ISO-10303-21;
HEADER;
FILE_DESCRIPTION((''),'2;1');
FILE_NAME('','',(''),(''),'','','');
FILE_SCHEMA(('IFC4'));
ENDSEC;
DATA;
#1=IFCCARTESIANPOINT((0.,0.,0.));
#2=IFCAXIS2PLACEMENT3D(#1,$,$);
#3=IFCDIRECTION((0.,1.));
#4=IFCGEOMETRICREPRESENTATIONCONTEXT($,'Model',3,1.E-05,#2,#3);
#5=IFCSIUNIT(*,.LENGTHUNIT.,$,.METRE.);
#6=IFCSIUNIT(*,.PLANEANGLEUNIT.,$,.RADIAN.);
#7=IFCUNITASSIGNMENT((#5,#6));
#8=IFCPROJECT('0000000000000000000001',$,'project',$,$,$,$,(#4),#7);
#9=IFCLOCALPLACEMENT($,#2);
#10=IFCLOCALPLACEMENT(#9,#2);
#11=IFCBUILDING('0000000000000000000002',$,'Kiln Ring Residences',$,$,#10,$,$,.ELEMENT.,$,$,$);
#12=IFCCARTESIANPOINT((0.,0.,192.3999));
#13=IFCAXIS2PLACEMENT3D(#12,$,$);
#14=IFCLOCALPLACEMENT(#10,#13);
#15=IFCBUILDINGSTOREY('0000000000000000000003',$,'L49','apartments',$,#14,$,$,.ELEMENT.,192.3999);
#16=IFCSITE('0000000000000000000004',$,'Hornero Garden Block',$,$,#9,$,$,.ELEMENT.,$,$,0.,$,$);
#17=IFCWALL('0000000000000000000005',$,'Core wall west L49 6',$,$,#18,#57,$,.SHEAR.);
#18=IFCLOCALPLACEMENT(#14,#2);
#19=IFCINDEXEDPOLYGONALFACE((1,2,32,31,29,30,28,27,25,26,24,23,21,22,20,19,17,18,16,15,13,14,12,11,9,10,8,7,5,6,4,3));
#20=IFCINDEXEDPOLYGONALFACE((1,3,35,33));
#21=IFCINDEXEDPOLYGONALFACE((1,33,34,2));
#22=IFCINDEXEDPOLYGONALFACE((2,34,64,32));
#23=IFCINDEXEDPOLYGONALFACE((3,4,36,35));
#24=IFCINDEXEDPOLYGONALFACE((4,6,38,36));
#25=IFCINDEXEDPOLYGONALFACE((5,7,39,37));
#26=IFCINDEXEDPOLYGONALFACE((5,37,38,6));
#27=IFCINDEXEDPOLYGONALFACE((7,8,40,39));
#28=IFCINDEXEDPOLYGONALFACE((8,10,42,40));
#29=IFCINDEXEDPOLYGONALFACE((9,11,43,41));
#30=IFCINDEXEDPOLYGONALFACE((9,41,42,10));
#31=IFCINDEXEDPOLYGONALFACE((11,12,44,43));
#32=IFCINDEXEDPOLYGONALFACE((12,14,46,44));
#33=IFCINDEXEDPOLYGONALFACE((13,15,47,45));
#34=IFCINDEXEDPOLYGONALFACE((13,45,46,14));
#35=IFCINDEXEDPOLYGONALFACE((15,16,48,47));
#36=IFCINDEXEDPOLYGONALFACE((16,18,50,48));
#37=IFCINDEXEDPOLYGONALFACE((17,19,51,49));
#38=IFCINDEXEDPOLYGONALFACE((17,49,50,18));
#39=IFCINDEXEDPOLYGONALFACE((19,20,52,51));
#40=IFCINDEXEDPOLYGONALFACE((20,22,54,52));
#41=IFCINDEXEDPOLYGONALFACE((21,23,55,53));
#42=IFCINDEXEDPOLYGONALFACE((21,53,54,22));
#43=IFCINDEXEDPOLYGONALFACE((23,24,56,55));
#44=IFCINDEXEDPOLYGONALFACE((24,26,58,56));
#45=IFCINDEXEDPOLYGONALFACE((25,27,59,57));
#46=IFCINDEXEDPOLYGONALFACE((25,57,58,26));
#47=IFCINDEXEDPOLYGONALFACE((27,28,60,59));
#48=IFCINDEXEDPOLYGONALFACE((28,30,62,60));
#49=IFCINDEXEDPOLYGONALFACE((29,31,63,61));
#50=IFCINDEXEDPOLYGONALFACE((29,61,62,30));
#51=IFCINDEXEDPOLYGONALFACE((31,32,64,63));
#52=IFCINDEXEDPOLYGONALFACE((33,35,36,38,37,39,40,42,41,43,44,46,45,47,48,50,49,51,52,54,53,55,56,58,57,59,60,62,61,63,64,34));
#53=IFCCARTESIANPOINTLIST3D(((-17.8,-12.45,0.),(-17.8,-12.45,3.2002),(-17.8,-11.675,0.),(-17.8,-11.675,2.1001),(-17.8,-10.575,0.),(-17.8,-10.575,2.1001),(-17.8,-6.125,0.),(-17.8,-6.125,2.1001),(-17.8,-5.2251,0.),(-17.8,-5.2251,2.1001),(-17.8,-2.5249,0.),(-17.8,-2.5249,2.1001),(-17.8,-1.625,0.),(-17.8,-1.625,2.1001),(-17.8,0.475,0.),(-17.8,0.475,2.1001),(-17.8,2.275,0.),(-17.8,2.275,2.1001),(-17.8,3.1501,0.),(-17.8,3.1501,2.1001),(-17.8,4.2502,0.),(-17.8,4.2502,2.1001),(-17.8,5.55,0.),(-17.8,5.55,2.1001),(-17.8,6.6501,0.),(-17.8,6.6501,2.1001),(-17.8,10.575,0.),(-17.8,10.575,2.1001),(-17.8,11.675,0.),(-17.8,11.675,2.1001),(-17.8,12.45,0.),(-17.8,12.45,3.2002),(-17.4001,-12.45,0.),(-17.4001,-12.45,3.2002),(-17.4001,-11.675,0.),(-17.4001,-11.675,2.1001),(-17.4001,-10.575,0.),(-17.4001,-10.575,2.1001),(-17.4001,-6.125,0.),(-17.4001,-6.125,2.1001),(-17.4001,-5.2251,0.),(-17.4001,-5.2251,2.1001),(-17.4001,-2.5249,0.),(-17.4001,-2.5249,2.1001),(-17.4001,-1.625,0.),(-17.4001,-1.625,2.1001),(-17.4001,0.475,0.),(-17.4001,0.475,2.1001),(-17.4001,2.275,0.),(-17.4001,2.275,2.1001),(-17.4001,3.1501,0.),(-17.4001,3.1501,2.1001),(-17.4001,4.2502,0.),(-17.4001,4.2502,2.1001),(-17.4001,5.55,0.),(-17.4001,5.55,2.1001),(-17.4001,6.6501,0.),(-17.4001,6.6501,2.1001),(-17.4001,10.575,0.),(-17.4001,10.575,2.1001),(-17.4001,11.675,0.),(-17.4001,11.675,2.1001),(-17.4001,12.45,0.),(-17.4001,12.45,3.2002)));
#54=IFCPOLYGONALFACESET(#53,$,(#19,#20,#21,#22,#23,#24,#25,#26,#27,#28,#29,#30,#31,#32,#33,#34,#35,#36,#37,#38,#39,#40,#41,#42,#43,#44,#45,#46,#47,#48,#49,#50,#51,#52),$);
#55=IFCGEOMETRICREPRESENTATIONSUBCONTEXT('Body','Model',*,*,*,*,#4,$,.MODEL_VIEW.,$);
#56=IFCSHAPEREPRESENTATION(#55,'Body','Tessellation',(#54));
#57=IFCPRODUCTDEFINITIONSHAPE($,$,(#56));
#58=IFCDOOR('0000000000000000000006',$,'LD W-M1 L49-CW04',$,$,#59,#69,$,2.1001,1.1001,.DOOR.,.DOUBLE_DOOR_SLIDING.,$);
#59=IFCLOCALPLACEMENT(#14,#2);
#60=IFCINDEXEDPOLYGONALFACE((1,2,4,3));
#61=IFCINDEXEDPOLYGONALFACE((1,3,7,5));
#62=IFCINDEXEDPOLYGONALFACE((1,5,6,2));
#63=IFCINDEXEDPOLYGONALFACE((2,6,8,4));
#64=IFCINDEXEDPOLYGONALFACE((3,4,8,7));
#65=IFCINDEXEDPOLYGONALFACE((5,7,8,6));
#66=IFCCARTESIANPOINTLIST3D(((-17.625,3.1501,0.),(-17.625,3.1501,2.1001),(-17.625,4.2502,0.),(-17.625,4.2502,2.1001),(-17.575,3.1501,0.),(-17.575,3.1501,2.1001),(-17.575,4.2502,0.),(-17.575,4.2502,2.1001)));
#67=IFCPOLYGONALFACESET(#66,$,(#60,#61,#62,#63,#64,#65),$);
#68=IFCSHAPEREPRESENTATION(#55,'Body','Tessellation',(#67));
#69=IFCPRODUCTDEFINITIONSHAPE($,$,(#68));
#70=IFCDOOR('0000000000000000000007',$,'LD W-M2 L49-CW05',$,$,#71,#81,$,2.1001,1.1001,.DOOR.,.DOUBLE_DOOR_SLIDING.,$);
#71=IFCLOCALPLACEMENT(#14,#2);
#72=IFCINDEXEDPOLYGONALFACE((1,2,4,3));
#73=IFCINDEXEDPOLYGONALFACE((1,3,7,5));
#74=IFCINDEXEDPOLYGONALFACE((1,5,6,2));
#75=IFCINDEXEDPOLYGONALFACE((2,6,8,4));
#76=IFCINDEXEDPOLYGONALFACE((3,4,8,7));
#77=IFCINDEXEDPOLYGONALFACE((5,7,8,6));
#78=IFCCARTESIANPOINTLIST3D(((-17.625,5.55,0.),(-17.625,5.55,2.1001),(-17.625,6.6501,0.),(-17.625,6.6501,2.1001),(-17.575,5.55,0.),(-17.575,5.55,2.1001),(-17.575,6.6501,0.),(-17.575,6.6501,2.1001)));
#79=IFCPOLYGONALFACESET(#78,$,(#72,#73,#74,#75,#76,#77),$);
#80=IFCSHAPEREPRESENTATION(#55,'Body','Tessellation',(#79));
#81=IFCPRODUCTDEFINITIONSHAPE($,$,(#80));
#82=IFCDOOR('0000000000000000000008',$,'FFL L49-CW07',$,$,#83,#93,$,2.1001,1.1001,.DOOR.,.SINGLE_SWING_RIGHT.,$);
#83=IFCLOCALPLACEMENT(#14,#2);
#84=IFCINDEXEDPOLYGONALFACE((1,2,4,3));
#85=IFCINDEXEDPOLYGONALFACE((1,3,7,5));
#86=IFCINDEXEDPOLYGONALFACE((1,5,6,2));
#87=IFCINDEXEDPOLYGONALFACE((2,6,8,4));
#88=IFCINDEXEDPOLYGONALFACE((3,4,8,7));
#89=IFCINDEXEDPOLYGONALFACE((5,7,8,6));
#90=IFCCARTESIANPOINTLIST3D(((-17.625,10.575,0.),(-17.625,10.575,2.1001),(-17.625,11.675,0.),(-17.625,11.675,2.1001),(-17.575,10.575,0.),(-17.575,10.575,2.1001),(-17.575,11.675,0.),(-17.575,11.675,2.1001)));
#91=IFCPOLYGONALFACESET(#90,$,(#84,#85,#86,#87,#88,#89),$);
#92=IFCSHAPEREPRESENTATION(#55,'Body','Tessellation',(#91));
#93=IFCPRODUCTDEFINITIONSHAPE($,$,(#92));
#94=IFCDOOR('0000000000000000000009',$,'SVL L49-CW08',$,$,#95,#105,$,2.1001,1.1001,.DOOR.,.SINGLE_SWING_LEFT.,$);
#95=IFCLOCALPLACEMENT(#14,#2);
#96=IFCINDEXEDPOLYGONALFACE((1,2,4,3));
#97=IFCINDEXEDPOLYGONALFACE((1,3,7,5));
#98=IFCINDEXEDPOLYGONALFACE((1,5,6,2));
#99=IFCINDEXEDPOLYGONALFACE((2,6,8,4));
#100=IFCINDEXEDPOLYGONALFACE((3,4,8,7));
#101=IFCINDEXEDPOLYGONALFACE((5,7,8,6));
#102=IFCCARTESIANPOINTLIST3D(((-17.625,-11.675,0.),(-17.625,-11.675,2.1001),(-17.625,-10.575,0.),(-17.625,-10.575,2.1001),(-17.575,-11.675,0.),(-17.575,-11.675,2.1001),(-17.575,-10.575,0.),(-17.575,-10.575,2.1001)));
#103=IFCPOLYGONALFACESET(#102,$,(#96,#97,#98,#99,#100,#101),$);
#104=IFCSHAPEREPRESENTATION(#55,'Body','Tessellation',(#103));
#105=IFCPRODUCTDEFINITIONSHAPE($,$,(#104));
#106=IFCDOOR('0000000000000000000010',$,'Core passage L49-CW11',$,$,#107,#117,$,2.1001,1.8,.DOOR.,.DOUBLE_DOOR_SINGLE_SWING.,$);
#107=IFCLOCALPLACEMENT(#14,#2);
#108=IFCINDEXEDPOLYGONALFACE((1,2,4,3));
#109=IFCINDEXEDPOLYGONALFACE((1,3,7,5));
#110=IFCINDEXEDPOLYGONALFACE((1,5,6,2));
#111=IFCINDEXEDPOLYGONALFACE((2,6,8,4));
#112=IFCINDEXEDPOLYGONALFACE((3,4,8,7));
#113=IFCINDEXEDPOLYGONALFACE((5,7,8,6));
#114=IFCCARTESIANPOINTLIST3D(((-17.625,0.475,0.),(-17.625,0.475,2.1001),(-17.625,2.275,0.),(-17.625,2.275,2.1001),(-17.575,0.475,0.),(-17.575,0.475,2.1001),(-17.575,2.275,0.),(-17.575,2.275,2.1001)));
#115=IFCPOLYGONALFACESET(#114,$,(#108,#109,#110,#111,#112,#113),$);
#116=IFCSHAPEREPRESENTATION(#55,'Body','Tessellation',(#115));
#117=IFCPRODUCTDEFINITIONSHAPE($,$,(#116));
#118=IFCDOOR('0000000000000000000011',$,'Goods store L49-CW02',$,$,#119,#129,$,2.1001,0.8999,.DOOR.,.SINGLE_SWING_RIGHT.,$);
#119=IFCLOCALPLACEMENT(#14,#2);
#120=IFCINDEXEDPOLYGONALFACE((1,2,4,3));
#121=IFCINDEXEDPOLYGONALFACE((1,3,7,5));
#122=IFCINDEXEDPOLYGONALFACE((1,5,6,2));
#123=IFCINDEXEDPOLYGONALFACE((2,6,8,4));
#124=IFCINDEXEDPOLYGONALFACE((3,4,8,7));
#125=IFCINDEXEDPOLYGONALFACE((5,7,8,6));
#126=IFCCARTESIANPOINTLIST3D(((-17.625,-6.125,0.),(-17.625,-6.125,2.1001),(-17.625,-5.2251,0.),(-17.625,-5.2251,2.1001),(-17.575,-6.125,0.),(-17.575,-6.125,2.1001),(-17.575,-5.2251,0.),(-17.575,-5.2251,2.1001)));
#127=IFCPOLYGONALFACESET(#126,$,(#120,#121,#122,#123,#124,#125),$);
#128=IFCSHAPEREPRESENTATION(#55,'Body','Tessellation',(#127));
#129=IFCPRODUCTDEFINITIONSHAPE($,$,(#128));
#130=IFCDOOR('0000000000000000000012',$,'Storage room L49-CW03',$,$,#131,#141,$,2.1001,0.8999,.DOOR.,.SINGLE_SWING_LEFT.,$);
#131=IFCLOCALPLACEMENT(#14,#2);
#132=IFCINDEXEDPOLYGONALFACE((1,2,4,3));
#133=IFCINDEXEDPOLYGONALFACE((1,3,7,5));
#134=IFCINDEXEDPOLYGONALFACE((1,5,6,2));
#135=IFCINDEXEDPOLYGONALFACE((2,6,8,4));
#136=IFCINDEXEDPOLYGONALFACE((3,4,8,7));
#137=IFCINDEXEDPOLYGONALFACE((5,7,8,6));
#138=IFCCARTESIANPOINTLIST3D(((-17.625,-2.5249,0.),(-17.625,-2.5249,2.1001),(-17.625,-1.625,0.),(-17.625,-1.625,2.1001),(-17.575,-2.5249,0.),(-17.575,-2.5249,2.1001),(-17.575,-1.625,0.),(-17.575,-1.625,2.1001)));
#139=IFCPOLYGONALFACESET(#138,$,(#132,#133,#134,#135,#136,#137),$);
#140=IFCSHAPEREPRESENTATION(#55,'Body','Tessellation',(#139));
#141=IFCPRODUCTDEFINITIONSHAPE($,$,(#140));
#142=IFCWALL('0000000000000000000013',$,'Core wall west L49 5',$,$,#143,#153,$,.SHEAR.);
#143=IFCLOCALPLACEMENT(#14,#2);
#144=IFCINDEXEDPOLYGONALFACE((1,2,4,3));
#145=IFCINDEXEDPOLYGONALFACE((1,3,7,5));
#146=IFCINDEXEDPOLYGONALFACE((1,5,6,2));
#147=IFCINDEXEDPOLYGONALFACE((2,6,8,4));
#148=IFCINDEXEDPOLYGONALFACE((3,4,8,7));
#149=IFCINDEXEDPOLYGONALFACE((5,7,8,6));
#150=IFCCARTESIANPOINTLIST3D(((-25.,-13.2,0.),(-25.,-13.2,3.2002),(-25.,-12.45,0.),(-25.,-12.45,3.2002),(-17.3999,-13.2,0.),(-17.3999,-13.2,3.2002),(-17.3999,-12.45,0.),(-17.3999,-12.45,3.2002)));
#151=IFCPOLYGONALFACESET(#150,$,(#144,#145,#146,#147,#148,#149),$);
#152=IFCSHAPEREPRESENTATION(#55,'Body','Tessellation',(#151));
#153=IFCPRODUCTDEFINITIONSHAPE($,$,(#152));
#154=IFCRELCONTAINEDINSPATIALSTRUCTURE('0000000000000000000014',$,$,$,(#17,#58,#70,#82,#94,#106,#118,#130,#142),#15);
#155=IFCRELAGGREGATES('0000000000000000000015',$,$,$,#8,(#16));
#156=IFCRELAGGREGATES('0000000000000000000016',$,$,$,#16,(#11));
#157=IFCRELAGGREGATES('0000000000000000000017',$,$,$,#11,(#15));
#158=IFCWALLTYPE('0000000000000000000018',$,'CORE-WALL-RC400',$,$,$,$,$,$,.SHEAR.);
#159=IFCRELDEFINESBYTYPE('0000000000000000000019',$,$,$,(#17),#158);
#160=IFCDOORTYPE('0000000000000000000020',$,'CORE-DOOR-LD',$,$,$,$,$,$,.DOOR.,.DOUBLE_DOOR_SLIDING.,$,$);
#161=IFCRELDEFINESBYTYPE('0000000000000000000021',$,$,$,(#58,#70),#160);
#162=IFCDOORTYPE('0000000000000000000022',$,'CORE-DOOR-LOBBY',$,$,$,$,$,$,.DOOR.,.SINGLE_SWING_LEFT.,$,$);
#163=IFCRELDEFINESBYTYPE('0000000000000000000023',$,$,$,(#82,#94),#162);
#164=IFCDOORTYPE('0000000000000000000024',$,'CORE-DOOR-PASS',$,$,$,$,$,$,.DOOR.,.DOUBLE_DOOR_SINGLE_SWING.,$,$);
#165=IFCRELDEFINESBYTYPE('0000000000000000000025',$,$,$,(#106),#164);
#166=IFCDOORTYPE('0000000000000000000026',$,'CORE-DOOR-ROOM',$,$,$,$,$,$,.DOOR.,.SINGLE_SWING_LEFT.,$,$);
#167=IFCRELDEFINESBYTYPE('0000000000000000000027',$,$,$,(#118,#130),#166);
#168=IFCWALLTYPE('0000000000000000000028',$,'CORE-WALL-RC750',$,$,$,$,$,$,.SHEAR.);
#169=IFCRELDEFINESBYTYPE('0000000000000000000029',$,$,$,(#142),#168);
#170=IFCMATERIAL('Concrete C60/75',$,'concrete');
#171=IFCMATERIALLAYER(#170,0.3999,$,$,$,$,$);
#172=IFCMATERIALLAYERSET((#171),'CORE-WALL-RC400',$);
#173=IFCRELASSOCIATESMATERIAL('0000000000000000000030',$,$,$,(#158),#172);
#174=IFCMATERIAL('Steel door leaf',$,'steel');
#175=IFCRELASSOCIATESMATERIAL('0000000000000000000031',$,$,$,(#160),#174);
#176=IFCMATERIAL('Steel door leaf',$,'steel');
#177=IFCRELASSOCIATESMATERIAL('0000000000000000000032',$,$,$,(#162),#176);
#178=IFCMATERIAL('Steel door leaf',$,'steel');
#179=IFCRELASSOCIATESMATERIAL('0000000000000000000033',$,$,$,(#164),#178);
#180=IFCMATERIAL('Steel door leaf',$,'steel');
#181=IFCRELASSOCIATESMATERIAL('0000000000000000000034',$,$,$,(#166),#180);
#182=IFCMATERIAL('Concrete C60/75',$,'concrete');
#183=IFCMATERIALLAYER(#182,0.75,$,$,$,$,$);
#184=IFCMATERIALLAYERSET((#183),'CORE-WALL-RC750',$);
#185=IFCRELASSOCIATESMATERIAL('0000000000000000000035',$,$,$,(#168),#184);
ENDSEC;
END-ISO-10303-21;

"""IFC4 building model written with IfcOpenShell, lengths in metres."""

from ifc_helpers import new_model, si_unit, direction, frame, frame_2d, origin, place, context, subcontext, project, spatial, rectangle, extrude, material, layer, layer_set, type_object, element, fill, save


model = new_model("IFC4")

# Units and contexts
model_context = context("Model", 3, precision=1e-05, world=origin(), true_north=direction((0.0, 1.0)))
body_context = subcontext(model_context, "Body", "Model", "MODEL_VIEW")
ifc_project = project(units=[si_unit("LENGTHUNIT", "METRE"), si_unit("PLANEANGLEUNIT", "RADIAN")], contexts=[model_context])

# Site, building, storey
site_placement = place(None, origin())
site = spatial("IfcSite", under=ifc_project, at=site_placement, Name="Hornero Garden Block", CompositionType="ELEMENT", RefElevation=0.0)
building_placement = place(site_placement, origin())
building = spatial("IfcBuilding", under=site, at=building_placement, Name="Kiln Ring Residences", CompositionType="ELEMENT")
storey_placement = place(building_placement, frame((0.0, 0.0, 192.3999)))
storey = spatial("IfcBuildingStorey", under=building, at=storey_placement, Name="L49", Description="apartments", CompositionType="ELEMENT", Elevation=192.3999)

# Wall, openings, doors
ifc_material_1 = material(Name="Concrete C60/75", Category="concrete")
ifc_layer_1 = layer(ifc_material_1, 0.3999)
ifc_layer_set_1 = layer_set([ifc_layer_1], Name="CORE-WALL-RC400")
wall_type_1 = type_object("IfcWallType", Name="CORE-WALL-RC400", PredefinedType="SHEAR", material=ifc_layer_set_1)
wall_1_placement = place(storey_placement, frame((-17.6001, -12.45, 0.0), z_axis=(0.0, 0.0, 1.0), x_axis=(0.0, 1.0, 0.0)))
wall_1 = element("IfcWall", 1, at=wall_1_placement, inside=storey, type_object=wall_type_1, Name="Core wall west L49 6", PredefinedType="SHEAR", context=body_context, shape_type="SweptSolid", body=[
    extrude(rectangle(XDim=24.8999, YDim=0.3999, at=frame_2d((12.45, 0.0))), origin(), (0.0, 0.0, 1.0), 3.2002),
])
opening_1_placement = place(wall_1_placement, frame((6.325, 0.0, 0.0)))
opening_1 = element("IfcOpeningElement", 2, at=opening_1_placement, cuts=wall_1, PredefinedType="OPENING", context=body_context, shape_type="SweptSolid", body=[
    extrude(rectangle(XDim=0.8999, YDim=2.1001, at=frame_2d((0.45, 1.05))), frame((0.0, 0.21, 0.0), z_axis=(0.0, -1.0, 0.0), x_axis=(1.0, 0.0, 0.0)), (0.0, 0.0, 1.0), 0.4199),
])
opening_2_placement = place(wall_1_placement, frame((9.925, 0.0, 0.0)))
opening_2 = element("IfcOpeningElement", 3, at=opening_2_placement, cuts=wall_1, PredefinedType="OPENING", context=body_context, shape_type="SweptSolid", body=[
    extrude(rectangle(XDim=0.8999, YDim=2.1001, at=frame_2d((0.45, 1.05))), frame((0.0, 0.21, 0.0), z_axis=(0.0, -1.0, 0.0), x_axis=(1.0, 0.0, 0.0)), (0.0, 0.0, 1.0), 0.4199),
])
opening_3_placement = place(wall_1_placement, frame((15.6001, 0.0, 0.0)))
opening_3 = element("IfcOpeningElement", 4, at=opening_3_placement, cuts=wall_1, PredefinedType="OPENING", context=body_context, shape_type="SweptSolid", body=[
    extrude(rectangle(XDim=1.1001, YDim=2.1001, at=frame_2d((0.55, 1.05))), frame((0.0, 0.21, 0.0), z_axis=(0.0, -1.0, 0.0), x_axis=(1.0, 0.0, 0.0)), (0.0, 0.0, 1.0), 0.4199),
])
opening_4_placement = place(wall_1_placement, frame((18.0, 0.0, 0.0)))
opening_4 = element("IfcOpeningElement", 5, at=opening_4_placement, cuts=wall_1, PredefinedType="OPENING", context=body_context, shape_type="SweptSolid", body=[
    extrude(rectangle(XDim=1.1001, YDim=2.1001, at=frame_2d((0.55, 1.05))), frame((0.0, 0.21, 0.0), z_axis=(0.0, -1.0, 0.0), x_axis=(1.0, 0.0, 0.0)), (0.0, 0.0, 1.0), 0.4199),
])
opening_5_placement = place(wall_1_placement, frame((23.0249, 0.0, 0.0)))
opening_5 = element("IfcOpeningElement", 6, at=opening_5_placement, cuts=wall_1, PredefinedType="OPENING", context=body_context, shape_type="SweptSolid", body=[
    extrude(rectangle(XDim=1.1001, YDim=2.1001, at=frame_2d((0.55, 1.05))), frame((0.0, 0.21, 0.0), z_axis=(0.0, -1.0, 0.0), x_axis=(1.0, 0.0, 0.0)), (0.0, 0.0, 1.0), 0.4199),
])
opening_6_placement = place(wall_1_placement, frame((0.7749, 0.0, 0.0)))
opening_6 = element("IfcOpeningElement", 7, at=opening_6_placement, cuts=wall_1, PredefinedType="OPENING", context=body_context, shape_type="SweptSolid", body=[
    extrude(rectangle(XDim=1.1001, YDim=2.1001, at=frame_2d((0.55, 1.05))), frame((0.0, 0.21, 0.0), z_axis=(0.0, -1.0, 0.0), x_axis=(1.0, 0.0, 0.0)), (0.0, 0.0, 1.0), 0.4199),
])
opening_7_placement = place(wall_1_placement, frame((12.925, 0.0, 0.0)))
opening_7 = element("IfcOpeningElement", 8, at=opening_7_placement, cuts=wall_1, PredefinedType="OPENING", context=body_context, shape_type="SweptSolid", body=[
    extrude(rectangle(XDim=1.8, YDim=2.1001, at=frame_2d((0.8999, 1.05))), frame((0.0, 0.21, 0.0), z_axis=(0.0, -1.0, 0.0), x_axis=(1.0, 0.0, 0.0)), (0.0, 0.0, 1.0), 0.4199),
])
ifc_material_2 = material(Name="Steel door leaf", Category="steel")
door_type_1 = type_object("IfcDoorType", Name="CORE-DOOR-LD", OperationType="DOUBLE_DOOR_SLIDING", PredefinedType="DOOR", material=ifc_material_2)
door_1_placement = place(opening_3_placement, origin())
door_1 = element("IfcDoor", 9, at=door_1_placement, inside=storey, type_object=door_type_1, Name="LD W-M1 L49-CW04", OperationType="DOUBLE_DOOR_SLIDING", OverallHeight=2.1001, OverallWidth=1.1001, PredefinedType="DOOR", context=body_context, shape_type="SweptSolid", body=[
    extrude(rectangle(XDim=1.1001, YDim=2.1001, at=frame_2d((0.55, 1.05))), frame((0.0, 0.0249, 0.0), z_axis=(0.0, -1.0, 0.0), x_axis=(1.0, 0.0, 0.0)), (0.0, 0.0, 1.0), 0.05),
])
fill(opening_3, door_1)
door_2_placement = place(opening_4_placement, origin())
door_2 = element("IfcDoor", 10, at=door_2_placement, inside=storey, type_object=door_type_1, Name="LD W-M2 L49-CW05", OperationType="DOUBLE_DOOR_SLIDING", OverallHeight=2.1001, OverallWidth=1.1001, PredefinedType="DOOR", context=body_context, shape_type="SweptSolid", body=[
    extrude(rectangle(XDim=1.1001, YDim=2.1001, at=frame_2d((0.55, 1.05))), frame((0.0, 0.0249, 0.0), z_axis=(0.0, -1.0, 0.0), x_axis=(1.0, 0.0, 0.0)), (0.0, 0.0, 1.0), 0.05),
])
fill(opening_4, door_2)
ifc_material_3 = material(Name="Steel door leaf", Category="steel")
door_type_2 = type_object("IfcDoorType", Name="CORE-DOOR-LOBBY", OperationType="SINGLE_SWING_LEFT", PredefinedType="DOOR", material=ifc_material_3)
door_3_placement = place(opening_5_placement, origin())
door_3 = element("IfcDoor", 11, at=door_3_placement, inside=storey, type_object=door_type_2, Name="FFL L49-CW07", OperationType="SINGLE_SWING_RIGHT", OverallHeight=2.1001, OverallWidth=1.1001, PredefinedType="DOOR", context=body_context, shape_type="SweptSolid", body=[
    extrude(rectangle(XDim=1.1001, YDim=2.1001, at=frame_2d((0.55, 1.05))), frame((0.0, 0.0249, 0.0), z_axis=(0.0, -1.0, 0.0), x_axis=(1.0, 0.0, 0.0)), (0.0, 0.0, 1.0), 0.05),
])
fill(opening_5, door_3)
door_4_placement = place(opening_6_placement, origin())
door_4 = element("IfcDoor", 12, at=door_4_placement, inside=storey, type_object=door_type_2, Name="SVL L49-CW08", OperationType="SINGLE_SWING_LEFT", OverallHeight=2.1001, OverallWidth=1.1001, PredefinedType="DOOR", context=body_context, shape_type="SweptSolid", body=[
    extrude(rectangle(XDim=1.1001, YDim=2.1001, at=frame_2d((0.55, 1.05))), frame((0.0, 0.0249, 0.0), z_axis=(0.0, -1.0, 0.0), x_axis=(1.0, 0.0, 0.0)), (0.0, 0.0, 1.0), 0.05),
])
fill(opening_6, door_4)
ifc_material_4 = material(Name="Steel door leaf", Category="steel")
door_type_3 = type_object("IfcDoorType", Name="CORE-DOOR-PASS", OperationType="DOUBLE_DOOR_SINGLE_SWING", PredefinedType="DOOR", material=ifc_material_4)
door_5_placement = place(opening_7_placement, origin())
door_5 = element("IfcDoor", 13, at=door_5_placement, inside=storey, type_object=door_type_3, Name="Core passage L49-CW11", OperationType="DOUBLE_DOOR_SINGLE_SWING", OverallHeight=2.1001, OverallWidth=1.8, PredefinedType="DOOR", context=body_context, shape_type="SweptSolid", body=[
    extrude(rectangle(XDim=1.8, YDim=2.1001, at=frame_2d((0.8999, 1.05))), frame((0.0, 0.0249, 0.0), z_axis=(0.0, -1.0, 0.0), x_axis=(1.0, 0.0, 0.0)), (0.0, 0.0, 1.0), 0.05),
])
fill(opening_7, door_5)
ifc_material_5 = material(Name="Steel door leaf", Category="steel")
door_type_4 = type_object("IfcDoorType", Name="CORE-DOOR-ROOM", OperationType="SINGLE_SWING_LEFT", PredefinedType="DOOR", material=ifc_material_5)
door_6_placement = place(opening_1_placement, origin())
door_6 = element("IfcDoor", 14, at=door_6_placement, inside=storey, type_object=door_type_4, Name="Goods store L49-CW02", OperationType="SINGLE_SWING_RIGHT", OverallHeight=2.1001, OverallWidth=0.8999, PredefinedType="DOOR", context=body_context, shape_type="SweptSolid", body=[
    extrude(rectangle(XDim=0.8999, YDim=2.1001, at=frame_2d((0.45, 1.05))), frame((0.0, 0.0249, 0.0), z_axis=(0.0, -1.0, 0.0), x_axis=(1.0, 0.0, 0.0)), (0.0, 0.0, 1.0), 0.05),
])
fill(opening_1, door_6)
door_7_placement = place(opening_2_placement, origin())
door_7 = element("IfcDoor", 15, at=door_7_placement, inside=storey, type_object=door_type_4, Name="Storage room L49-CW03", OperationType="SINGLE_SWING_LEFT", OverallHeight=2.1001, OverallWidth=0.8999, PredefinedType="DOOR", context=body_context, shape_type="SweptSolid", body=[
    extrude(rectangle(XDim=0.8999, YDim=2.1001, at=frame_2d((0.45, 1.05))), frame((0.0, 0.0249, 0.0), z_axis=(0.0, -1.0, 0.0), x_axis=(1.0, 0.0, 0.0)), (0.0, 0.0, 1.0), 0.05),
])
fill(opening_2, door_7)

# Wall
ifc_material_6 = material(Name="Concrete C60/75", Category="concrete")
ifc_layer_2 = layer(ifc_material_6, 0.75)
ifc_layer_set_2 = layer_set([ifc_layer_2], Name="CORE-WALL-RC750")
wall_type_2 = type_object("IfcWallType", Name="CORE-WALL-RC750", PredefinedType="SHEAR", material=ifc_layer_set_2)
wall_2_placement = place(storey_placement, frame((-17.3999, -12.825, 0.0), z_axis=(0.0, 0.0, 1.0), x_axis=(-1.0, 0.0, 0.0)))
element("IfcWall", 16, at=wall_2_placement, inside=storey, type_object=wall_type_2, Name="Core wall west L49 5", PredefinedType="SHEAR", context=body_context, shape_type="SweptSolid", body=[
    extrude(rectangle(XDim=7.6001, YDim=0.75, at=frame_2d((3.8, 0.0))), origin(), (0.0, 0.0, 1.0), 3.2002),
])

save(model, "model.ifc")
